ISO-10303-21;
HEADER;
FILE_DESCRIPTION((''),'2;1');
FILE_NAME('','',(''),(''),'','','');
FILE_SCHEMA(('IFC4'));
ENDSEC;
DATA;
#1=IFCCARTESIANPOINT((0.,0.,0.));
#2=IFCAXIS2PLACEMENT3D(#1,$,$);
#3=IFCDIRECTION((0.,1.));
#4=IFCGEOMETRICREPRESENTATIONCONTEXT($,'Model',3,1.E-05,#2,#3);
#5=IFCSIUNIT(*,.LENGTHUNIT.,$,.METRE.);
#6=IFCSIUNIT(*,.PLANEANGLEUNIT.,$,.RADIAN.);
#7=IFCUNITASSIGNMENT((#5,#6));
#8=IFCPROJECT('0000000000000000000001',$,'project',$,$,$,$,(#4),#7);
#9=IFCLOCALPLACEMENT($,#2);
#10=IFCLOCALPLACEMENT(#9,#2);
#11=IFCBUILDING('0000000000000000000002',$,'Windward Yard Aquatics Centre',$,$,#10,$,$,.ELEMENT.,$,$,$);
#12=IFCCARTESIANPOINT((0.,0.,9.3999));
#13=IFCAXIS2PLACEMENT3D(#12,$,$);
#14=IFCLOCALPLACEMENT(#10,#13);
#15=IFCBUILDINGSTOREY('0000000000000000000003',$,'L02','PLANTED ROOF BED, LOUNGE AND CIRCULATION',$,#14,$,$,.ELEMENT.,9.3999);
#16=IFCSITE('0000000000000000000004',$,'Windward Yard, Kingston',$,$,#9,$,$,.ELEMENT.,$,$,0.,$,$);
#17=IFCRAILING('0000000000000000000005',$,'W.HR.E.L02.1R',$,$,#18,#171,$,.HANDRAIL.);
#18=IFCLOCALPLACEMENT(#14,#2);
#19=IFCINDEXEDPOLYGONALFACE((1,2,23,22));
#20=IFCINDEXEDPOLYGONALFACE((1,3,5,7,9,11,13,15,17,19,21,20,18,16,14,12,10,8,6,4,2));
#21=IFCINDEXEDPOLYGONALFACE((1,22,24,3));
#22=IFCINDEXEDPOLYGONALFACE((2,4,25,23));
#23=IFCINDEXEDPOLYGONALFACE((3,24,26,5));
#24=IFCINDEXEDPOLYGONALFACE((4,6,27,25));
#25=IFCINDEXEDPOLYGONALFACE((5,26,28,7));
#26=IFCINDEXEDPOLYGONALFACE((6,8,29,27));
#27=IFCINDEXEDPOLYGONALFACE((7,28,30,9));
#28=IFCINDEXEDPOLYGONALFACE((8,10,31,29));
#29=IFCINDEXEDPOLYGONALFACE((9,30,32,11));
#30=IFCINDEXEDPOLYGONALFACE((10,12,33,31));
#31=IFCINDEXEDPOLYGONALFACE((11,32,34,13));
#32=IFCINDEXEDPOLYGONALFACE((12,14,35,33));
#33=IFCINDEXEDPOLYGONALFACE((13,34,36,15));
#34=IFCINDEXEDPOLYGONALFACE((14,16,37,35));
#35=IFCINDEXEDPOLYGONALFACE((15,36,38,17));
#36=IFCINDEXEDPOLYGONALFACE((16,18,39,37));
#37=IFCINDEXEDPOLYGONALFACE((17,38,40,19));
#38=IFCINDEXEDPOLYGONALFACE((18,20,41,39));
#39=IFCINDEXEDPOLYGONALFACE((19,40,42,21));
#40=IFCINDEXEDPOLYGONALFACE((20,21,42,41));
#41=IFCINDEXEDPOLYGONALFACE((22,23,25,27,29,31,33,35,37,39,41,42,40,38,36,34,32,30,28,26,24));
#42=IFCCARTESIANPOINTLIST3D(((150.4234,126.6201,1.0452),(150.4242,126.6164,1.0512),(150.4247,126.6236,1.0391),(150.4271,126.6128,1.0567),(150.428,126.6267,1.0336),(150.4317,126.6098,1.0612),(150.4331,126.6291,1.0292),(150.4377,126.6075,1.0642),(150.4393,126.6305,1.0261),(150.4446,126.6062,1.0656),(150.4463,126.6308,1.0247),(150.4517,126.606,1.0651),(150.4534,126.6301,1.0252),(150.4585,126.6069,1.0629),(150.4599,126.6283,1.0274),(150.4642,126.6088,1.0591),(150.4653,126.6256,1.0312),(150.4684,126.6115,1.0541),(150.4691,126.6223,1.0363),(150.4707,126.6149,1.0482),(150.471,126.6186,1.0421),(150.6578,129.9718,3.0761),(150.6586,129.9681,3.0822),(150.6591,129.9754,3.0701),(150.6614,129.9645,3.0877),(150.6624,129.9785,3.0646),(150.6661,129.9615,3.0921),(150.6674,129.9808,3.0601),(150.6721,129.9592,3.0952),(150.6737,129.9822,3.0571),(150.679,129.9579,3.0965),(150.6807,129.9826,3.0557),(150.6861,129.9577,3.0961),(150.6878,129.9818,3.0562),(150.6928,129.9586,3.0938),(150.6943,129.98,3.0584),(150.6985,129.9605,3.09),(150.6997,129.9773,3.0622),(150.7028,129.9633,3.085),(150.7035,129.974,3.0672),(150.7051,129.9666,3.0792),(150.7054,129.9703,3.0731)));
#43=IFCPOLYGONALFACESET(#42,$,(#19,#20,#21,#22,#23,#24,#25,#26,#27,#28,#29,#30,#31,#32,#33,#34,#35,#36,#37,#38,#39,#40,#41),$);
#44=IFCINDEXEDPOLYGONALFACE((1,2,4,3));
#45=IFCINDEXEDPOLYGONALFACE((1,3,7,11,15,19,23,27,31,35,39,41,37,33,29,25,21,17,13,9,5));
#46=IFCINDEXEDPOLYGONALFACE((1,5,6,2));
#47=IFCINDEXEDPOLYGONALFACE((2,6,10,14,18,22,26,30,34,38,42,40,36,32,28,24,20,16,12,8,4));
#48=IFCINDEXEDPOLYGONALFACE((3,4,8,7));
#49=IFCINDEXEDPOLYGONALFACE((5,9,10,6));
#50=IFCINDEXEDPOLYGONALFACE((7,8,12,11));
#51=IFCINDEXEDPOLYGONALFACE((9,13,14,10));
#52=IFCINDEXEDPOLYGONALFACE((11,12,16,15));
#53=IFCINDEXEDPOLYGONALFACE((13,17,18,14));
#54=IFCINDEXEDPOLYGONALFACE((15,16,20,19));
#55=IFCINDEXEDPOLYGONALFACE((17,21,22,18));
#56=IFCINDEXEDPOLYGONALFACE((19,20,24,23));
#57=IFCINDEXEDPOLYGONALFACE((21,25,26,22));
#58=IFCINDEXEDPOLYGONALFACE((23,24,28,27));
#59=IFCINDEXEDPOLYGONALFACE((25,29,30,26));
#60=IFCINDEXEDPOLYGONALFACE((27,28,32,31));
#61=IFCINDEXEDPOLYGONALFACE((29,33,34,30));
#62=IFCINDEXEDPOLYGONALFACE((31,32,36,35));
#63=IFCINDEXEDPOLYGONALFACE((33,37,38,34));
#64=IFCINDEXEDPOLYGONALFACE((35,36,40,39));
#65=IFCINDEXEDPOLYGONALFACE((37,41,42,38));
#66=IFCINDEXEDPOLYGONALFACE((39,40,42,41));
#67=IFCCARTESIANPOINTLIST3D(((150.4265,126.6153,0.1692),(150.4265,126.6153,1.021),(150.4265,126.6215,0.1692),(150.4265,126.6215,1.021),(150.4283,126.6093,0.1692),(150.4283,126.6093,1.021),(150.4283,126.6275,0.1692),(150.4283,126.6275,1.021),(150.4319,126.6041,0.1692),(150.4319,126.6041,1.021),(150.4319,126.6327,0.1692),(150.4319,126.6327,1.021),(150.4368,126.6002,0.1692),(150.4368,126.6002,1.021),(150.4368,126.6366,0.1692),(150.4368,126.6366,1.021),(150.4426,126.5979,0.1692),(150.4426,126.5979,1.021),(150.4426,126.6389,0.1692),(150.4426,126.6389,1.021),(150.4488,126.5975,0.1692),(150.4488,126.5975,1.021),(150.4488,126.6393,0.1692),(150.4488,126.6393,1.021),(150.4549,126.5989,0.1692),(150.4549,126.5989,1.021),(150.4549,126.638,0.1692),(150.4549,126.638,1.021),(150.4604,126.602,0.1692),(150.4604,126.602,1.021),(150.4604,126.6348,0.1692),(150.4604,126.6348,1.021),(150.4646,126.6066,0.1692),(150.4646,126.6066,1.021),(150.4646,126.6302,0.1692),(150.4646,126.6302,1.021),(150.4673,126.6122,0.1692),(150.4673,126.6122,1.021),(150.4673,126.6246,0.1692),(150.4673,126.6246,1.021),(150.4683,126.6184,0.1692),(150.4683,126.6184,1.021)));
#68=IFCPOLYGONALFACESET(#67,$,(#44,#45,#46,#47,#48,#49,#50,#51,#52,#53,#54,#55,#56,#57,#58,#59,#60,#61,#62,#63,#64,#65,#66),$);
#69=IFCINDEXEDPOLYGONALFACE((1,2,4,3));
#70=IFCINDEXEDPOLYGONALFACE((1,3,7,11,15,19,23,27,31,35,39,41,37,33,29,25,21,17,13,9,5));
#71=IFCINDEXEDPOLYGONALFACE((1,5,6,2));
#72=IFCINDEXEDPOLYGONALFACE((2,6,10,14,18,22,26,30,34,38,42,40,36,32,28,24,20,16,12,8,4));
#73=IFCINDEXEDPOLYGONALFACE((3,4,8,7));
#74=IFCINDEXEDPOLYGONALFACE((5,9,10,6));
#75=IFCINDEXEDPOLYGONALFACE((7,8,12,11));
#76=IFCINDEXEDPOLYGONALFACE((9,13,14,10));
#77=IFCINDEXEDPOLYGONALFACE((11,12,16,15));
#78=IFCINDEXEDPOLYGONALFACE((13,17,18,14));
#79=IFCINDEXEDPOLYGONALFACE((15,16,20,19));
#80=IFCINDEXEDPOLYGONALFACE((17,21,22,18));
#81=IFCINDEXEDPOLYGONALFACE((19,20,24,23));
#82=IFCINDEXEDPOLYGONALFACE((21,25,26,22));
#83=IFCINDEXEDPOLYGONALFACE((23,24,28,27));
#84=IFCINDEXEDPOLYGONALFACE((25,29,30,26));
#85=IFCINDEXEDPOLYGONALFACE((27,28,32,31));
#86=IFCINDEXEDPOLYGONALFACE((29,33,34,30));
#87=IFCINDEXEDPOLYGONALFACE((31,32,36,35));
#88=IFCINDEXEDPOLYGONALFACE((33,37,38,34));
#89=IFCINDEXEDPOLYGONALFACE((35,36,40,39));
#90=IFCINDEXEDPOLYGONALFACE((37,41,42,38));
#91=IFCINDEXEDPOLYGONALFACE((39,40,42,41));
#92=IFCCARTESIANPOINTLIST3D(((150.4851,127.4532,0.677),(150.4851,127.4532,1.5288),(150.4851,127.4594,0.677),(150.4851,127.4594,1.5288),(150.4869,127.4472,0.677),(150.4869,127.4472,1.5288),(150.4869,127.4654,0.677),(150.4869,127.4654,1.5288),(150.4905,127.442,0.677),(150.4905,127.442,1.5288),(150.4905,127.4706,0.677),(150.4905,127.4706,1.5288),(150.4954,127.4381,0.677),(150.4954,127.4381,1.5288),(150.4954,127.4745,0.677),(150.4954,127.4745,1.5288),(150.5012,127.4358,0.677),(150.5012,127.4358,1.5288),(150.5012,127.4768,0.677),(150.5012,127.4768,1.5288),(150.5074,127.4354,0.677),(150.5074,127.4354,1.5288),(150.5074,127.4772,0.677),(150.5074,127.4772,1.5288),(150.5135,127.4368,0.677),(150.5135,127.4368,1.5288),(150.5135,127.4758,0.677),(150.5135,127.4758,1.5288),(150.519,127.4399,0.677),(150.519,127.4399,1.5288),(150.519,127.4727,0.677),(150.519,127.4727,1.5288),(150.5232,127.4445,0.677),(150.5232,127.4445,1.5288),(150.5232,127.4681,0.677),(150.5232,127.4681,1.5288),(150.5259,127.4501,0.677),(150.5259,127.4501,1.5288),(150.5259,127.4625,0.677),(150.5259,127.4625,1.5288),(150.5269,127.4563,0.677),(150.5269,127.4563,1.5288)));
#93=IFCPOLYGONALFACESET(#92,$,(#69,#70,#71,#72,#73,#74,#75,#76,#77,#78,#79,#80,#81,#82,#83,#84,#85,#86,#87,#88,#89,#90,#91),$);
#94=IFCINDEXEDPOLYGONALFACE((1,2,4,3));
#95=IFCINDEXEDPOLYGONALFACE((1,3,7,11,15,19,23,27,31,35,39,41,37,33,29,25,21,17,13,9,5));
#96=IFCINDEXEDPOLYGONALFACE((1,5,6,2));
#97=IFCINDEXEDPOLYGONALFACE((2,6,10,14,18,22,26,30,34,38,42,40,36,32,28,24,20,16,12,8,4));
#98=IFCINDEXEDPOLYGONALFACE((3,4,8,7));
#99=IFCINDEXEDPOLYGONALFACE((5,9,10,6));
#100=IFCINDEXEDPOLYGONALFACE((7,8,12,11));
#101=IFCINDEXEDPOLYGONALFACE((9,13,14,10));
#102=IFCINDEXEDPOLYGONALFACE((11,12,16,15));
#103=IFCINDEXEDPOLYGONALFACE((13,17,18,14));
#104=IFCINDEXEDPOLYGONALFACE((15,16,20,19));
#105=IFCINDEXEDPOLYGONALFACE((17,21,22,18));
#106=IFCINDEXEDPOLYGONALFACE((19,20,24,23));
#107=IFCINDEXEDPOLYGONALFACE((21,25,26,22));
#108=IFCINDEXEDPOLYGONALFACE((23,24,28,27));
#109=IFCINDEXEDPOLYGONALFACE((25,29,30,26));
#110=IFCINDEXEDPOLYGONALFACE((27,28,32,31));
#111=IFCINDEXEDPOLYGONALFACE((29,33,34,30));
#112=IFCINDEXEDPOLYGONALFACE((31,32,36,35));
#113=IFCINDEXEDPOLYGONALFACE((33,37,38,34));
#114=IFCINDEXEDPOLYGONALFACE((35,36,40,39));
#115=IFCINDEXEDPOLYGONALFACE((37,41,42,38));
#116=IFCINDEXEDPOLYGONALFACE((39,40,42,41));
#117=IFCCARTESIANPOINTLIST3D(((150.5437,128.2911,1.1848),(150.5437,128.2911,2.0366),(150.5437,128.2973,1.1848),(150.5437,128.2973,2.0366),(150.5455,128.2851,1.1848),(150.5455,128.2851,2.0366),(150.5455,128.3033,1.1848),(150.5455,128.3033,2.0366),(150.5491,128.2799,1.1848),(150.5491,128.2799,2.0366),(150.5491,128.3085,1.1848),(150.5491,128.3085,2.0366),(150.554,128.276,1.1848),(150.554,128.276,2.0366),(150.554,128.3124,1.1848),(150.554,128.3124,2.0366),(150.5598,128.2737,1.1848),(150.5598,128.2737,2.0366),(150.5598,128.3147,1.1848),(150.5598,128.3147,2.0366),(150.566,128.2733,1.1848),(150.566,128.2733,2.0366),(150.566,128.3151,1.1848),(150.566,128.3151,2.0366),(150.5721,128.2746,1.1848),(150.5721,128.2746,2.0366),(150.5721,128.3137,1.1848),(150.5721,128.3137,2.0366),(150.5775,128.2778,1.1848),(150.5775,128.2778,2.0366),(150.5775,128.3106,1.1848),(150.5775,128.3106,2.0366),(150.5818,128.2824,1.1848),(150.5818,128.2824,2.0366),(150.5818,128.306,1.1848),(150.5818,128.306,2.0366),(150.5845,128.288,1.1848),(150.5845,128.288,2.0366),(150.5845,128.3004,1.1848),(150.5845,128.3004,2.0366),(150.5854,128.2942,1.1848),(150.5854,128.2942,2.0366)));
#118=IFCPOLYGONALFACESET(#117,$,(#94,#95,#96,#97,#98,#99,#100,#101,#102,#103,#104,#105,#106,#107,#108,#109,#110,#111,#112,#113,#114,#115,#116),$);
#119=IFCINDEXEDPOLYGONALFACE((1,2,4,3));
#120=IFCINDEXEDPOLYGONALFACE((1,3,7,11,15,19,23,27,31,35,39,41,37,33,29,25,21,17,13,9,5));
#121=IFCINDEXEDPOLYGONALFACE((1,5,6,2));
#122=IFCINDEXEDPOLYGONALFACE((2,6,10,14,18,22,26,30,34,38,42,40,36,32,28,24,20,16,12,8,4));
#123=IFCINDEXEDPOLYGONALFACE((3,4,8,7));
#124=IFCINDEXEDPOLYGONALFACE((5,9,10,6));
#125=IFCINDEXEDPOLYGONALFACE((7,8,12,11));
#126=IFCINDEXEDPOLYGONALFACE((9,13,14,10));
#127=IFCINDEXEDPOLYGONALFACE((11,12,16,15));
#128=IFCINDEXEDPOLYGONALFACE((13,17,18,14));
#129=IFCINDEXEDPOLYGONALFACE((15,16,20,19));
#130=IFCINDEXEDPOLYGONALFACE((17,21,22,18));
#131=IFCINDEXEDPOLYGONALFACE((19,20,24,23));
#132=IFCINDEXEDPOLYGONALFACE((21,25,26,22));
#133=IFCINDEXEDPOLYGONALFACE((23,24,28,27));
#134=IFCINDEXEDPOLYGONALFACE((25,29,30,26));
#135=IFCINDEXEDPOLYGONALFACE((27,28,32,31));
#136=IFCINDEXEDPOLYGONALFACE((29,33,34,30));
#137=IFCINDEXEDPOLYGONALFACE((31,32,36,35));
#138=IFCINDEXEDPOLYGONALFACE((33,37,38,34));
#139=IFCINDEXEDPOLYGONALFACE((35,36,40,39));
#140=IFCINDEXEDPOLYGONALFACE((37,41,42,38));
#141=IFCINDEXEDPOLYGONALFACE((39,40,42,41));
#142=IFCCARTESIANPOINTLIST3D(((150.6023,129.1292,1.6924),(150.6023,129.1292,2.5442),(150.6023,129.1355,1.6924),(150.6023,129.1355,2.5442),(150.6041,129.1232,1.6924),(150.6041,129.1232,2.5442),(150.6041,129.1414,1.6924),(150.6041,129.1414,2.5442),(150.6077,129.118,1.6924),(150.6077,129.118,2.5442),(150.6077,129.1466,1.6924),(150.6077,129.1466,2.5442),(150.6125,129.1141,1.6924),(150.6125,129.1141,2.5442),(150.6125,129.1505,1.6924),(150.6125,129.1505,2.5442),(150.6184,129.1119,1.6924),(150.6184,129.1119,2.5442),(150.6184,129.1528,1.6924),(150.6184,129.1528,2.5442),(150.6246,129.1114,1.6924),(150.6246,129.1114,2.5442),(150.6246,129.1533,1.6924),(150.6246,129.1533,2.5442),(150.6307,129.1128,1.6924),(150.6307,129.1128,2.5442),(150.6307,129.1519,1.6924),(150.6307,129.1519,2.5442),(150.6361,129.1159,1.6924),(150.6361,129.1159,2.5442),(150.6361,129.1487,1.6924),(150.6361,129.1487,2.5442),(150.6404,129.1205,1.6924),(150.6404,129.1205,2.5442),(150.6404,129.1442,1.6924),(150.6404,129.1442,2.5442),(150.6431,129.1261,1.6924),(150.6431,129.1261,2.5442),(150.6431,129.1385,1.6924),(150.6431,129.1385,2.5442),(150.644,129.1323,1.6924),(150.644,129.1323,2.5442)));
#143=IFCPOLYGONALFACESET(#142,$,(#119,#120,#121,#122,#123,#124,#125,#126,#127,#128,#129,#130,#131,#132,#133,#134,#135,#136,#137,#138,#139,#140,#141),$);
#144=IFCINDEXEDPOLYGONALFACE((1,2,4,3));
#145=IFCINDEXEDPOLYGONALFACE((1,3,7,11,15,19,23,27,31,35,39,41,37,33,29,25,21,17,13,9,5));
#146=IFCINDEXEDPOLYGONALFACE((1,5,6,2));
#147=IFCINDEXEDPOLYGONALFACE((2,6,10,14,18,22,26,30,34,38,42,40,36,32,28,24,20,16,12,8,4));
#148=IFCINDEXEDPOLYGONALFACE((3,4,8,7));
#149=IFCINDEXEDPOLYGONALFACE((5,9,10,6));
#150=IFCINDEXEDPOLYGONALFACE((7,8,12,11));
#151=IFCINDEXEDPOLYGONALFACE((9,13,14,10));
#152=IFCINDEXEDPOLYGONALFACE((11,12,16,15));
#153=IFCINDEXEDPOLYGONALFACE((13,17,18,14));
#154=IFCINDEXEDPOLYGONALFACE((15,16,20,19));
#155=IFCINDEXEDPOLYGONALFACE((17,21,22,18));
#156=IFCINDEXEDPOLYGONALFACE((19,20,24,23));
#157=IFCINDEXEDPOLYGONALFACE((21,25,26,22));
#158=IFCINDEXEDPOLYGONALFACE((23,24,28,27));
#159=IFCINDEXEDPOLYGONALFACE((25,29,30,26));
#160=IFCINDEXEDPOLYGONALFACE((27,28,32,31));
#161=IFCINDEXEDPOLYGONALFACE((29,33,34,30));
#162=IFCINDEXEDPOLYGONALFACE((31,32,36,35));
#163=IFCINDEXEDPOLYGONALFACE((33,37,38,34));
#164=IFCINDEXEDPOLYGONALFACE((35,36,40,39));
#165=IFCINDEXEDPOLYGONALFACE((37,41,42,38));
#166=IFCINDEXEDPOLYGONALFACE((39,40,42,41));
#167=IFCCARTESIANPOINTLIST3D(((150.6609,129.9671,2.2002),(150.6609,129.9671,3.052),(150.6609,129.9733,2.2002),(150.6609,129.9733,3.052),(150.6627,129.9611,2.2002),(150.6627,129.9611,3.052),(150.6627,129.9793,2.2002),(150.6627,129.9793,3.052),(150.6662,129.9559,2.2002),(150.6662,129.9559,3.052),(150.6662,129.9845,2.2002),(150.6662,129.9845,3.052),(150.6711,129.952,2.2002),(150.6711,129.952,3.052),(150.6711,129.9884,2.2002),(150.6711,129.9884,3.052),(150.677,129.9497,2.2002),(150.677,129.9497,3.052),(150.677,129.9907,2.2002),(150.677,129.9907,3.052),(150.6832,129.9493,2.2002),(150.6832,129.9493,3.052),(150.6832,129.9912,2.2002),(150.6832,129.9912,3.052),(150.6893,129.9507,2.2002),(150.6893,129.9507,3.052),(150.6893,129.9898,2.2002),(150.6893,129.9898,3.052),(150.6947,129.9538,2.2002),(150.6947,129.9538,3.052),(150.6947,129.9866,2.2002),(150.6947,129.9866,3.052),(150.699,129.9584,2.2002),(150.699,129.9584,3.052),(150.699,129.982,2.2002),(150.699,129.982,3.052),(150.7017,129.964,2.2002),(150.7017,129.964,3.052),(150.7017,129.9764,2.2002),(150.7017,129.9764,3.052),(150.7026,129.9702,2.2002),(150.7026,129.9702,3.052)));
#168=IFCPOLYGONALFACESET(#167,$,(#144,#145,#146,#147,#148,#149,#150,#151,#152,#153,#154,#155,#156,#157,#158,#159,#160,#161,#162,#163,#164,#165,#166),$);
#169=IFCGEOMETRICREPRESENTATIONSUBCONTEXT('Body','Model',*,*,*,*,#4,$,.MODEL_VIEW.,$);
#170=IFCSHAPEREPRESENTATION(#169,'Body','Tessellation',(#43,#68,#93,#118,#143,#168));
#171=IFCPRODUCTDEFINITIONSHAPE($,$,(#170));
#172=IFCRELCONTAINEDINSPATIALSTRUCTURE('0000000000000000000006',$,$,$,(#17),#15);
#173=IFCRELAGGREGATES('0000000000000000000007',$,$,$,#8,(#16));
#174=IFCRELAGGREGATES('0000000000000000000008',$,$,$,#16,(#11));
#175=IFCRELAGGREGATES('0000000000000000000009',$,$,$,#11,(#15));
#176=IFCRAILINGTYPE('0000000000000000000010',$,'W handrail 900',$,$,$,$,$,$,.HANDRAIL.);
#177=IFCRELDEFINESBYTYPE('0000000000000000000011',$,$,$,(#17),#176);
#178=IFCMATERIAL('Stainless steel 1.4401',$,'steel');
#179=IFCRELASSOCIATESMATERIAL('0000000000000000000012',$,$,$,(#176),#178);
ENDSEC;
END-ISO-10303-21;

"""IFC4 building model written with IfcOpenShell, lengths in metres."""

from ifc_helpers import new_model, si_unit, direction, frame, origin, origin_2d, place, context, subcontext, project, spatial, circle, extrude, material, type_object, element, save


model = new_model("IFC4")

# Units and contexts
model_context = context("Model", 3, precision=1e-05, world=origin(), true_north=direction((0.0, 1.0)))
body_context = subcontext(model_context, "Body", "Model", "MODEL_VIEW")
ifc_project = project(units=[si_unit("LENGTHUNIT", "METRE"), si_unit("PLANEANGLEUNIT", "RADIAN")], contexts=[model_context])

# Site, building, storey
site_placement = place(None, origin())
site = spatial("IfcSite", under=ifc_project, at=site_placement, Name="Windward Yard, Kingston", CompositionType="ELEMENT", RefElevation=0.0)
building_placement = place(site_placement, origin())
building = spatial("IfcBuilding", under=site, at=building_placement, Name="Windward Yard Aquatics Centre", CompositionType="ELEMENT")
storey_placement = place(building_placement, frame((0.0, 0.0, 9.3999)))
storey = spatial("IfcBuildingStorey", under=building, at=storey_placement, Name="L02", Description="PLANTED ROOF BED, LOUNGE AND CIRCULATION", CompositionType="ELEMENT", Elevation=9.3999)

# Railing
ifc_material_1 = material(Name="Stainless steel 1.4401", Category="steel")
railing_type_1 = type_object("IfcRailingType", Name="W handrail 900", PredefinedType="HANDRAIL", material=ifc_material_1)
for number, where, name in (
    (1, (150.4473, 126.6184, 0.1692), "W.HR.E.L02.1R"),
):
    element("IfcRailing", number, at=place(storey_placement, frame(where)), inside=storey, type_object=railing_type_1, Name=name, PredefinedType="HANDRAIL", context=body_context, shape_type="SweptSolid", body=[
        extrude(circle(Radius=0.0239, at=origin_2d()), frame((0.0, 0.0, 0.876), z_axis=(0.059696, 0.853717, 0.517304), x_axis=(-0.997564, 0.069755, 0.0)), (0.0, 0.0, 1.0), 3.926),
        extrude(circle(Radius=0.021, at=origin_2d()), origin(), (0.0, 0.0, 1.0), 0.8518),
        extrude(circle(Radius=0.021, at=origin_2d()), frame((0.0586, 0.8379, 0.5078)), (0.0, 0.0, 1.0), 0.8518),
        extrude(circle(Radius=0.021, at=origin_2d()), frame((0.1172, 1.6758, 1.0156)), (0.0, 0.0, 1.0), 0.8518),
        extrude(circle(Radius=0.021, at=origin_2d()), frame((0.1758, 2.5139, 1.5232)), (0.0, 0.0, 1.0), 0.8518),
        extrude(circle(Radius=0.021, at=origin_2d()), frame((0.2344, 3.3518, 2.031)), (0.0, 0.0, 1.0), 0.8518),
    ])

save(model, "model.ifc")
